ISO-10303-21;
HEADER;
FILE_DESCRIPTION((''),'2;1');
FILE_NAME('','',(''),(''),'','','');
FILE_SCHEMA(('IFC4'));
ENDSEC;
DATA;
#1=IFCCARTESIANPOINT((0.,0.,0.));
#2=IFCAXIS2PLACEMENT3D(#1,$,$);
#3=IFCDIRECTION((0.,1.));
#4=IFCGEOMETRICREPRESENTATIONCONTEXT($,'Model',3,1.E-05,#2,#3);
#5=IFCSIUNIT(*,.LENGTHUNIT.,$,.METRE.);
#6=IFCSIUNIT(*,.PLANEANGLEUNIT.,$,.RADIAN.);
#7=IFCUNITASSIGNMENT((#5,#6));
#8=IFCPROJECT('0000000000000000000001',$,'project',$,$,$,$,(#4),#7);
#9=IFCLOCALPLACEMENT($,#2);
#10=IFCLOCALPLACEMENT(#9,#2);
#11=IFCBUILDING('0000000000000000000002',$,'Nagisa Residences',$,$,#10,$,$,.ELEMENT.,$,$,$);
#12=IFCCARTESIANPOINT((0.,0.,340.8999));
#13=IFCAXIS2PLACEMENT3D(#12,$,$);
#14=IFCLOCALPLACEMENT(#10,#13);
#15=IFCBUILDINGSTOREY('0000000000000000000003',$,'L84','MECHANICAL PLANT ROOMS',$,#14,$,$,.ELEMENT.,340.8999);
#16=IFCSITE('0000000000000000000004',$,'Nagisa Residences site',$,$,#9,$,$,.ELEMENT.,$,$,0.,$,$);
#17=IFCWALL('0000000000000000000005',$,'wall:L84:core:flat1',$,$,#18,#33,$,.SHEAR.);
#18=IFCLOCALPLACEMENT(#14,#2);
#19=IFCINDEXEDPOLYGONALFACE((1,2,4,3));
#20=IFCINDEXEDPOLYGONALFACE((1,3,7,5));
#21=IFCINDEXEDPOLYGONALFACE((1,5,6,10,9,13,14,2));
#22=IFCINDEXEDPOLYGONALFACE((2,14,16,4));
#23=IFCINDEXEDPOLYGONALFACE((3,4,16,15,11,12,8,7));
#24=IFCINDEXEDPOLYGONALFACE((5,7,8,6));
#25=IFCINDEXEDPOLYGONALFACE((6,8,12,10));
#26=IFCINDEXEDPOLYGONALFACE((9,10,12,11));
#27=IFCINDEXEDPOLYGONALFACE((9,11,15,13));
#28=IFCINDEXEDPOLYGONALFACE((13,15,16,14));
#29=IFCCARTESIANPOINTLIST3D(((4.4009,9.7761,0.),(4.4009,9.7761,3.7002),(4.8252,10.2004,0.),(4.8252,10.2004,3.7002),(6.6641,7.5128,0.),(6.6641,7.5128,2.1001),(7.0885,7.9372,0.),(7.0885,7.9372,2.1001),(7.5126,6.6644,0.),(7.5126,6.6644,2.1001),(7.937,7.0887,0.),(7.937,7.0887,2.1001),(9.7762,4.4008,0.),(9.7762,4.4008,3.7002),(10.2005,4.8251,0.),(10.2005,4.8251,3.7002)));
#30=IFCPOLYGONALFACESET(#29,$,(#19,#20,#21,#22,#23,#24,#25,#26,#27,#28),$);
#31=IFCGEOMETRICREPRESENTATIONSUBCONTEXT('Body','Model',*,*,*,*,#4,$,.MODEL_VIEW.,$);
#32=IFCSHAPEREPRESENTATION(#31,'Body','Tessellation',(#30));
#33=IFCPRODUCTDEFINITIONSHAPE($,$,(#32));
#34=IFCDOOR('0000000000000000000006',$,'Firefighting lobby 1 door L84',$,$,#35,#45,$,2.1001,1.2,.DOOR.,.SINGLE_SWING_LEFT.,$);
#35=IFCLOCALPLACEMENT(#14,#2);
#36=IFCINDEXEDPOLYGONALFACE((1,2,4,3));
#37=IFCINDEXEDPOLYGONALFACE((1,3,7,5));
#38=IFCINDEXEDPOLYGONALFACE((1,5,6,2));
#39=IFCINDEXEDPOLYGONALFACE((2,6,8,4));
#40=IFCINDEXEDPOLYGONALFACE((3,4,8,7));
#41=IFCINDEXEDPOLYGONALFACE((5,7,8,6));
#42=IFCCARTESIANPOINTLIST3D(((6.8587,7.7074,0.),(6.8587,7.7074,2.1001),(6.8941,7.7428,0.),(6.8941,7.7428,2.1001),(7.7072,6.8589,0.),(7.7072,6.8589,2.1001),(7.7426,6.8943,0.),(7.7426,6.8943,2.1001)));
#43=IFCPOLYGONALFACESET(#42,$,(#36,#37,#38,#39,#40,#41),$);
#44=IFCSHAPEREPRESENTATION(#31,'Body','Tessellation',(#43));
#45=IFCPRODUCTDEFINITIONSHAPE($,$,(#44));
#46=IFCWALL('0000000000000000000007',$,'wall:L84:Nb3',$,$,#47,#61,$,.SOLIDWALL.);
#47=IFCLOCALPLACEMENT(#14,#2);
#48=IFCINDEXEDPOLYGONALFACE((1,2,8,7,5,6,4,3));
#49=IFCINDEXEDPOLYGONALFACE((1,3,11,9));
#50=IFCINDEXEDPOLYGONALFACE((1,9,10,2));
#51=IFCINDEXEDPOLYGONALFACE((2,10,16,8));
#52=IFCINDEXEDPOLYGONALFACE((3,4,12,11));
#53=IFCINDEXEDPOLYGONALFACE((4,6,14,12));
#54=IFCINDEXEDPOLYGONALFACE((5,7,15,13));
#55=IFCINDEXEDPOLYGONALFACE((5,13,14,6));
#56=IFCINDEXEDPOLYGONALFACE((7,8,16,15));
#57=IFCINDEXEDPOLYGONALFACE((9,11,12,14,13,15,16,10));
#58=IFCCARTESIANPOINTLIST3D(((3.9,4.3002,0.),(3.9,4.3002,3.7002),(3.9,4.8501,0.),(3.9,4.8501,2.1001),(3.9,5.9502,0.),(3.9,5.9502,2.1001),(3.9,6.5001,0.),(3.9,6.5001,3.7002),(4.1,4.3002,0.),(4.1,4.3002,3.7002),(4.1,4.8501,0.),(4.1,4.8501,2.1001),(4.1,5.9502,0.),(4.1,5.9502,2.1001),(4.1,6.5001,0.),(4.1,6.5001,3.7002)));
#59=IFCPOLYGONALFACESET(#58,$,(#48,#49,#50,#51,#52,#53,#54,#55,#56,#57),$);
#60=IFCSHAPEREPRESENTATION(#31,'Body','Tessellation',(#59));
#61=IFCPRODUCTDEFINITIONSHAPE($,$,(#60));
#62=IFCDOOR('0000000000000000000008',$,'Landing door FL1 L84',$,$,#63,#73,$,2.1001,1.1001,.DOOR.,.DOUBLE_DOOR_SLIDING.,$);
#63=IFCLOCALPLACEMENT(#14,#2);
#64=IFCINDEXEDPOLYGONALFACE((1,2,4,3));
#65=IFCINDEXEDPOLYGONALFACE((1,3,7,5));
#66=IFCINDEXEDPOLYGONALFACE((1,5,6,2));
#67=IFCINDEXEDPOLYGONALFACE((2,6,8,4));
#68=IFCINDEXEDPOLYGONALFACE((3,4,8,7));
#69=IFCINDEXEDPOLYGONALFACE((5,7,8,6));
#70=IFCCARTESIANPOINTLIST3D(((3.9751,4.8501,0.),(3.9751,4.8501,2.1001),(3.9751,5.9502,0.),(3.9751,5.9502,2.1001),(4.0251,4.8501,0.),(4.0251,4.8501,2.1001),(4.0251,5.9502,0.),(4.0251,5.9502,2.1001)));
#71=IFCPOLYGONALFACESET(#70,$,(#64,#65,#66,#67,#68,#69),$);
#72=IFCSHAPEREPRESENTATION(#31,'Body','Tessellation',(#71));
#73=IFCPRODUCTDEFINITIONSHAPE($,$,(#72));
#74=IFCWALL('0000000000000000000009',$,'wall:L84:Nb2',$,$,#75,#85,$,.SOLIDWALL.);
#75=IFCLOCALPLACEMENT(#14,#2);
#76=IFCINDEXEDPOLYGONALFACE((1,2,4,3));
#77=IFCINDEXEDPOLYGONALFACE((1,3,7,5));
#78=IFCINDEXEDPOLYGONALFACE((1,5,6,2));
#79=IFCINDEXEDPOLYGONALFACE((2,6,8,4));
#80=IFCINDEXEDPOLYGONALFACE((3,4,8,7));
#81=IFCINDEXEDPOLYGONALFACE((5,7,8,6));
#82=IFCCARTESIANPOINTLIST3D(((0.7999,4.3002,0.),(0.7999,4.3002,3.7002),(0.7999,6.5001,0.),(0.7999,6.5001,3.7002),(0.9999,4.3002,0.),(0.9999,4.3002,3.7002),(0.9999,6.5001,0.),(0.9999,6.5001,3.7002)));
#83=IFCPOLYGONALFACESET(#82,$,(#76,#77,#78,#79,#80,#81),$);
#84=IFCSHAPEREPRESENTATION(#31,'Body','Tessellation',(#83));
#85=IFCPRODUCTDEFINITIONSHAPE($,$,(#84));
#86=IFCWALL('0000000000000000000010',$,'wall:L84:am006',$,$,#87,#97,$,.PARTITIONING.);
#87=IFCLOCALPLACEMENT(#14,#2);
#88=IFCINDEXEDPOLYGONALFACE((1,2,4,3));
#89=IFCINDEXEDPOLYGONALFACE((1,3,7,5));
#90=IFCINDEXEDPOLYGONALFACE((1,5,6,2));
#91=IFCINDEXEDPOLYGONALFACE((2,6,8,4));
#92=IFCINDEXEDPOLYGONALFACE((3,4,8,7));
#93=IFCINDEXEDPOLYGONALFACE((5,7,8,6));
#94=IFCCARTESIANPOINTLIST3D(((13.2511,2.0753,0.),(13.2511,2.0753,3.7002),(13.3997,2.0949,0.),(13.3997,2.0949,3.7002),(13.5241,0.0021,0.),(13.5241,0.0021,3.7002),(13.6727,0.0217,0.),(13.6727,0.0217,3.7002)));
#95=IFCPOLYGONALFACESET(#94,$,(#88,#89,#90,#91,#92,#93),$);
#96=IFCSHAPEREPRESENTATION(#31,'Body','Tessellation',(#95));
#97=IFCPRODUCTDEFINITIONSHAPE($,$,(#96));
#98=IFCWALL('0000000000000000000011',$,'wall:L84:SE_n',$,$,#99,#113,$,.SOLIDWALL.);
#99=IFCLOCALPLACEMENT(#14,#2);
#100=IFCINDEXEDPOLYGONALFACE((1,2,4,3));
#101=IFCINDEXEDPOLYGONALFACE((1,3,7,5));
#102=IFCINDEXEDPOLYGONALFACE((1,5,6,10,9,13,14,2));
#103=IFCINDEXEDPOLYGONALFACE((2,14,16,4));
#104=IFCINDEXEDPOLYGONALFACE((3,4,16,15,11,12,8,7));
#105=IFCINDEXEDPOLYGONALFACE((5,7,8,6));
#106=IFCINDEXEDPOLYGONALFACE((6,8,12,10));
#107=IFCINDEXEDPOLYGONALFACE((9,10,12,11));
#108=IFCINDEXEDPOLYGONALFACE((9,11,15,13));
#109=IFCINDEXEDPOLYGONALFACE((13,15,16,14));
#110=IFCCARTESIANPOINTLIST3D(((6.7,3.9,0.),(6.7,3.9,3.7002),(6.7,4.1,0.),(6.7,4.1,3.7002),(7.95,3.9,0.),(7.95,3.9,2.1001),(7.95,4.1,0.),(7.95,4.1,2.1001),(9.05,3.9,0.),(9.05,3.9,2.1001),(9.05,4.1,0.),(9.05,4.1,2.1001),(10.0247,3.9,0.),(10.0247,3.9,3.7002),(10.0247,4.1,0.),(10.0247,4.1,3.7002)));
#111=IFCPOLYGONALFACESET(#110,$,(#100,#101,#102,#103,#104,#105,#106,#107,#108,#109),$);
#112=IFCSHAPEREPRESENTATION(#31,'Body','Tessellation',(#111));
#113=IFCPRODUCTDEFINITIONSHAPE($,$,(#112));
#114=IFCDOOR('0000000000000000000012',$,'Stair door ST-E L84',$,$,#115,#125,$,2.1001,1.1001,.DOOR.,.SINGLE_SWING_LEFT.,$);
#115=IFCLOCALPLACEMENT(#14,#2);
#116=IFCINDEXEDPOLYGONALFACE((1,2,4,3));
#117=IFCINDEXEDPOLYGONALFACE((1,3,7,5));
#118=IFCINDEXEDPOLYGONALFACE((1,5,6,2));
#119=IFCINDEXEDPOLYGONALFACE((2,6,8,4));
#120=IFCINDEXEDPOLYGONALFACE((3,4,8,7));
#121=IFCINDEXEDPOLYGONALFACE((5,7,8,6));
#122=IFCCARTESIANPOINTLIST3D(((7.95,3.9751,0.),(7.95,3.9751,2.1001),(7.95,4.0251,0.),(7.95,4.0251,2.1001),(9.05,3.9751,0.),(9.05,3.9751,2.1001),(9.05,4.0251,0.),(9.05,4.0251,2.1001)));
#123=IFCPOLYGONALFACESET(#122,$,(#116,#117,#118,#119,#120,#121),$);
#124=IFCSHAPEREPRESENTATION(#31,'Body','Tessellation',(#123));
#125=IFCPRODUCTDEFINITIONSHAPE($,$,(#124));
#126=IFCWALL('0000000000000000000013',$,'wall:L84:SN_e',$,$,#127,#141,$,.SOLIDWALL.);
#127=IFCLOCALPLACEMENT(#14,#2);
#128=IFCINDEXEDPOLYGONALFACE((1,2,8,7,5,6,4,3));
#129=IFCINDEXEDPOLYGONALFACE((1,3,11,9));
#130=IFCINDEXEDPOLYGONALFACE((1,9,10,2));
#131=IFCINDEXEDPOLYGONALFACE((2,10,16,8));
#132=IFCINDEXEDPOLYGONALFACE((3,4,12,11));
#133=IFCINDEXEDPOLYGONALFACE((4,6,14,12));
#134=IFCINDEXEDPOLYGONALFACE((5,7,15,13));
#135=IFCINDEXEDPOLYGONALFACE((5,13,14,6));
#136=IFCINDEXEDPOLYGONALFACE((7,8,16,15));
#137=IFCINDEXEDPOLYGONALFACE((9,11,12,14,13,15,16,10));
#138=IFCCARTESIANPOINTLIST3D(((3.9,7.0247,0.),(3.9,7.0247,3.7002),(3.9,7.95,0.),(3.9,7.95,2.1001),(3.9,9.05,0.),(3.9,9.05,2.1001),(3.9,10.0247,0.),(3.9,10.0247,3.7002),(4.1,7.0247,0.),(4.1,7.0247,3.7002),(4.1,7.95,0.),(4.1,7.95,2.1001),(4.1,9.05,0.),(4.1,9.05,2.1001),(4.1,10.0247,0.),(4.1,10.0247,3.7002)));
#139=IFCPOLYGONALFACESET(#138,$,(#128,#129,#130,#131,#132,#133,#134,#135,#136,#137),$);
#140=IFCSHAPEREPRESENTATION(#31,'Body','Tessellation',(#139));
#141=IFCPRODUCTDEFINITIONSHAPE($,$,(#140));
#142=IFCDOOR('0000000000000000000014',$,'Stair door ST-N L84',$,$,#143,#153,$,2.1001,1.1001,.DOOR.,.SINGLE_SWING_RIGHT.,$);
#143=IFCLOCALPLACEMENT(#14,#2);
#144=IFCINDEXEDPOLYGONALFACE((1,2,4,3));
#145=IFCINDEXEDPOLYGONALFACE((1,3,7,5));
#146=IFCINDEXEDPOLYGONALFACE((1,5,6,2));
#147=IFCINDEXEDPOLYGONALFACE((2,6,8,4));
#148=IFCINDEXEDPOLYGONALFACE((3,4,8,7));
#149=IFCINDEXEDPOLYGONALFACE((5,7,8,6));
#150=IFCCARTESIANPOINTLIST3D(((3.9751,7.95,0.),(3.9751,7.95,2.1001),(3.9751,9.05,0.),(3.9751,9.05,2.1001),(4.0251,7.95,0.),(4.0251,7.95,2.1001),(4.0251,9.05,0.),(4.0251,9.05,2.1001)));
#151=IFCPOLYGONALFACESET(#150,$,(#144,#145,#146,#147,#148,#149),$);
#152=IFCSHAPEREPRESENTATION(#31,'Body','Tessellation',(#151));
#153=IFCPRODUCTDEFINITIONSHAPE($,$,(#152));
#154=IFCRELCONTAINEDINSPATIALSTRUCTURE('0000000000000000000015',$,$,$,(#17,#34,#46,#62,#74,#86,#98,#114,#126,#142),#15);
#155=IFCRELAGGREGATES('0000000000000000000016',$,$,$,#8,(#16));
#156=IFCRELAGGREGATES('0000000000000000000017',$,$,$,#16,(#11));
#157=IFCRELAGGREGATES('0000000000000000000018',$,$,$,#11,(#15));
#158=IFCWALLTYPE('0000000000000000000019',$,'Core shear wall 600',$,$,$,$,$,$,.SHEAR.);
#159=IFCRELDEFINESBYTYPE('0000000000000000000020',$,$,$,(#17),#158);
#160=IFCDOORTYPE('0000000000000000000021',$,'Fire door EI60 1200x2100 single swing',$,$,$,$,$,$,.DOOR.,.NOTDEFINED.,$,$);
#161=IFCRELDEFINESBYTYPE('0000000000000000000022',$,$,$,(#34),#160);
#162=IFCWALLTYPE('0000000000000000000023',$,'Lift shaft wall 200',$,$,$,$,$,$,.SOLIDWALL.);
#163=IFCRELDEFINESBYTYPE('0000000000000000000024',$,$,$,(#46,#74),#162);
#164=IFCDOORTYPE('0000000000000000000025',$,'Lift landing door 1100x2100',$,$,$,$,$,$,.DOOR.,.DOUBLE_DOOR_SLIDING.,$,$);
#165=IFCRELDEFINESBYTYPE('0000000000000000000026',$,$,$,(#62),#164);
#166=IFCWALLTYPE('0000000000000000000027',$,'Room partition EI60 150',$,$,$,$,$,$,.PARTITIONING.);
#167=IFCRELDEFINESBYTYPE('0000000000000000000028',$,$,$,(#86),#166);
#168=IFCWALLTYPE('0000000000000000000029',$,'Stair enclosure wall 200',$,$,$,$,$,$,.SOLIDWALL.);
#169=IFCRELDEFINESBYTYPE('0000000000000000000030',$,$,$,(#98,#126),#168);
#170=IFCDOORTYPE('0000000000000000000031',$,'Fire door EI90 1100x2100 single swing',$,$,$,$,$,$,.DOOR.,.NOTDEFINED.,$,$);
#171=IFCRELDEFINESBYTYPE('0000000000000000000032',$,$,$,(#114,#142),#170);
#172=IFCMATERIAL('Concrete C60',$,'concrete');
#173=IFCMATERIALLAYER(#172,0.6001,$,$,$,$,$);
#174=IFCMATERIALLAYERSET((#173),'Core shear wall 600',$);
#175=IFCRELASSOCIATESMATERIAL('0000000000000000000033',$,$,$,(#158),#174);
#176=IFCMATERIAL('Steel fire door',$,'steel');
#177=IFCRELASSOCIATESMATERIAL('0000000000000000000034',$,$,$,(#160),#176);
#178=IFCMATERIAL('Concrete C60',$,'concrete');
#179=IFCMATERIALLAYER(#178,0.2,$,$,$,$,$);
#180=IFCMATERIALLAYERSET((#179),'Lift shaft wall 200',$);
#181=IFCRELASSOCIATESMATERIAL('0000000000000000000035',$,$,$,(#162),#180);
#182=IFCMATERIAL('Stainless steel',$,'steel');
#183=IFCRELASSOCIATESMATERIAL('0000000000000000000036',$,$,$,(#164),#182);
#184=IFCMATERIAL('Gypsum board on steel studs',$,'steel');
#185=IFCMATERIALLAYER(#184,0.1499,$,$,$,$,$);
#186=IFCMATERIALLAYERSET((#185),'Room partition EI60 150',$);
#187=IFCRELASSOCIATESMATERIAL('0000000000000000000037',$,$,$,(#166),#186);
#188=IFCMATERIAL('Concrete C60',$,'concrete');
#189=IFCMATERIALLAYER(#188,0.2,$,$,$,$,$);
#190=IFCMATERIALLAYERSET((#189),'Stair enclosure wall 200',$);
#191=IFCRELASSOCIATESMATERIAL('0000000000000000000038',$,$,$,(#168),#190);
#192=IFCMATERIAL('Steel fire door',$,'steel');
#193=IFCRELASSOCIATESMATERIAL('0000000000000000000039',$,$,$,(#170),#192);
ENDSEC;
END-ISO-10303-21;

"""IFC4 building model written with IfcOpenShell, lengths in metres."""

from ifc_helpers import new_model, si_unit, direction, frame, frame_2d, origin, place, context, subcontext, project, spatial, rectangle, extrude, material, layer, layer_set, type_object, element, fill, save


model = new_model("IFC4")

# Units and contexts
model_context = context("Model", 3, precision=1e-05, world=origin(), true_north=direction((0.0, 1.0)))
body_context = subcontext(model_context, "Body", "Model", "MODEL_VIEW")
ifc_project = project(units=[si_unit("LENGTHUNIT", "METRE"), si_unit("PLANEANGLEUNIT", "RADIAN")], contexts=[model_context])

# Site, building, storey
site_placement = place(None, origin())
site = spatial("IfcSite", under=ifc_project, at=site_placement, Name="Nagisa Residences site", CompositionType="ELEMENT", RefElevation=0.0)
building_placement = place(site_placement, origin())
building = spatial("IfcBuilding", under=site, at=building_placement, Name="Nagisa Residences", CompositionType="ELEMENT")
storey_placement = place(building_placement, frame((0.0, 0.0, 340.8999)))
storey = spatial("IfcBuildingStorey", under=building, at=storey_placement, Name="L84", Description="MECHANICAL PLANT ROOMS", CompositionType="ELEMENT", Elevation=340.8999)

# Walls, openings, doors
ifc_material_1 = material(Name="Concrete C60", Category="concrete")
ifc_layer_1 = layer(ifc_material_1, 0.6001)
ifc_layer_set_1 = layer_set([ifc_layer_1], Name="Core shear wall 600")
wall_type_1 = type_object("IfcWallType", Name="Core shear wall 600", PredefinedType="SHEAR", material=ifc_layer_set_1)
wall_1_placement = place(storey_placement, frame((9.9883, 4.613, 0.0), z_axis=(0.0, 0.0, 1.0), x_axis=(-0.707107, 0.707107, 0.0)))
wall_1 = element("IfcWall", 1, at=wall_1_placement, inside=storey, type_object=wall_type_1, Name="wall:L84:core:flat1", PredefinedType="SHEAR", context=body_context, shape_type="SweptSolid", body=[
    extrude(rectangle(XDim=7.6018, YDim=0.6001, at=frame_2d((3.8008, 0.0))), origin(), (0.0, 0.0, 1.0), 3.7002),
])
opening_1_placement = place(wall_1_placement, frame((3.2009, 0.0, 0.0)))
opening_1 = element("IfcOpeningElement", 2, at=opening_1_placement, cuts=wall_1, PredefinedType="OPENING", context=body_context, shape_type="SweptSolid", body=[
    extrude(rectangle(XDim=1.2, YDim=2.1001, at=frame_2d((0.6001, 1.05))), frame((0.0, 0.3101, 0.0), z_axis=(0.0, -1.0, 0.0), x_axis=(1.0, 0.0, 0.0)), (0.0, 0.0, 1.0), 0.6201),
])
ifc_material_2 = material(Name="Steel fire door", Category="steel")
door_type_1 = type_object("IfcDoorType", Name="Fire door EI60 1200x2100 single swing", OperationType="NOTDEFINED", PredefinedType="DOOR", material=ifc_material_2)
door_1_placement = place(opening_1_placement, origin())
door_1 = element("IfcDoor", 3, at=door_1_placement, inside=storey, type_object=door_type_1, Name="Firefighting lobby 1 door L84", OperationType="SINGLE_SWING_LEFT", OverallHeight=2.1001, OverallWidth=1.2, PredefinedType="DOOR", context=body_context, shape_type="SweptSolid", body=[
    extrude(rectangle(XDim=1.2, YDim=2.1001, at=frame_2d((0.6001, 1.05))), frame((0.0, 0.0249, 0.0), z_axis=(0.0, -1.0, 0.0), x_axis=(1.0, 0.0, 0.0)), (0.0, 0.0, 1.0), 0.05),
])
fill(opening_1, door_1)
ifc_material_3 = material(Name="Concrete C60", Category="concrete")
ifc_layer_2 = layer(ifc_material_3, 0.2)
ifc_layer_set_2 = layer_set([ifc_layer_2], Name="Lift shaft wall 200")
wall_type_2 = type_object("IfcWallType", Name="Lift shaft wall 200", PredefinedType="SOLIDWALL", material=ifc_layer_set_2)
wall_2_placement = place(storey_placement, frame((4.0, 4.3, 0.0), z_axis=(0.0, 0.0, 1.0), x_axis=(0.0, 1.0, 0.0)))
wall_2 = element("IfcWall", 4, at=wall_2_placement, inside=storey, type_object=wall_type_2, Name="wall:L84:Nb3", PredefinedType="SOLIDWALL", context=body_context, shape_type="SweptSolid", body=[
    extrude(rectangle(XDim=2.2, YDim=0.2, at=frame_2d((1.1001, 0.0))), origin(), (0.0, 0.0, 1.0), 3.7002),
])
opening_2_placement = place(wall_2_placement, frame((0.55, 0.0, 0.0)))
opening_2 = element("IfcOpeningElement", 5, at=opening_2_placement, cuts=wall_2, PredefinedType="OPENING", context=body_context, shape_type="SweptSolid", body=[
    extrude(rectangle(XDim=1.1001, YDim=2.1001, at=frame_2d((0.55, 1.05))), frame((0.0, 0.1099, 0.0), z_axis=(0.0, -1.0, 0.0), x_axis=(1.0, 0.0, 0.0)), (0.0, 0.0, 1.0), 0.22),
])
ifc_material_4 = material(Name="Stainless steel", Category="steel")
door_type_2 = type_object("IfcDoorType", Name="Lift landing door 1100x2100", OperationType="DOUBLE_DOOR_SLIDING", PredefinedType="DOOR", material=ifc_material_4)
door_2_placement = place(opening_2_placement, origin())
door_2 = element("IfcDoor", 6, at=door_2_placement, inside=storey, type_object=door_type_2, Name="Landing door FL1 L84", OperationType="DOUBLE_DOOR_SLIDING", OverallHeight=2.1001, OverallWidth=1.1001, PredefinedType="DOOR", context=body_context, shape_type="SweptSolid", body=[
    extrude(rectangle(XDim=1.1001, YDim=2.1001, at=frame_2d((0.55, 1.05))), frame((0.0, 0.0249, 0.0), z_axis=(0.0, -1.0, 0.0), x_axis=(1.0, 0.0, 0.0)), (0.0, 0.0, 1.0), 0.05),
])
fill(opening_2, door_2)

# Walls
wall_3_placement = place(storey_placement, frame((0.8999, 4.3, 0.0), z_axis=(0.0, 0.0, 1.0), x_axis=(0.0, 1.0, 0.0)))
element("IfcWall", 7, at=wall_3_placement, inside=storey, type_object=wall_type_2, Name="wall:L84:Nb2", PredefinedType="SOLIDWALL", context=body_context, shape_type="SweptSolid", body=[
    extrude(rectangle(XDim=2.2, YDim=0.2, at=frame_2d((1.1001, 0.0))), origin(), (0.0, 0.0, 1.0), 3.7002),
])
ifc_material_5 = material(Name="Gypsum board on steel studs", Category="steel")
ifc_layer_3 = layer(ifc_material_5, 0.1499)
ifc_layer_set_3 = layer_set([ifc_layer_3], Name="Room partition EI60 150")
wall_type_3 = type_object("IfcWallType", Name="Room partition EI60 150", PredefinedType="PARTITIONING", material=ifc_layer_set_3)
wall_4_placement = place(storey_placement, frame((13.3254, 2.085, 0.0), z_axis=(0.0, 0.0, 1.0), x_axis=(0.130527, -0.991445, 0.0)))
element("IfcWall", 8, at=wall_4_placement, inside=storey, type_object=wall_type_3, Name="wall:L84:am006", PredefinedType="PARTITIONING", context=body_context, shape_type="SweptSolid", body=[
    extrude(rectangle(XDim=2.0911, YDim=0.1499, at=frame_2d((1.0454, 0.0))), origin(), (0.0, 0.0, 1.0), 3.7002),
])

# Walls, openings, doors
ifc_material_6 = material(Name="Concrete C60", Category="concrete")
ifc_layer_4 = layer(ifc_material_6, 0.2)
ifc_layer_set_4 = layer_set([ifc_layer_4], Name="Stair enclosure wall 200")
wall_type_4 = type_object("IfcWallType", Name="Stair enclosure wall 200", PredefinedType="SOLIDWALL", material=ifc_layer_set_4)
wall_5_placement = place(storey_placement, frame((6.7, 4.0, 0.0), z_axis=(0.0, 0.0, 1.0), x_axis=(1.0, 0.0, 0.0)))
wall_5 = element("IfcWall", 9, at=wall_5_placement, inside=storey, type_object=wall_type_4, Name="wall:L84:SE_n", PredefinedType="SOLIDWALL", context=body_context, shape_type="SweptSolid", body=[
    extrude(rectangle(XDim=3.3247, YDim=0.2, at=frame_2d((1.6624, 0.0))), origin(), (0.0, 0.0, 1.0), 3.7002),
])
opening_3_placement = place(wall_5_placement, frame((1.25, 0.0, 0.0)))
opening_3 = element("IfcOpeningElement", 10, at=opening_3_placement, cuts=wall_5, PredefinedType="OPENING", context=body_context, shape_type="SweptSolid", body=[
    extrude(rectangle(XDim=1.1001, YDim=2.1001, at=frame_2d((0.55, 1.05))), frame((0.0, 0.1099, 0.0), z_axis=(0.0, -1.0, 0.0), x_axis=(1.0, 0.0, 0.0)), (0.0, 0.0, 1.0), 0.22),
])
ifc_material_7 = material(Name="Steel fire door", Category="steel")
door_type_3 = type_object("IfcDoorType", Name="Fire door EI90 1100x2100 single swing", OperationType="NOTDEFINED", PredefinedType="DOOR", material=ifc_material_7)
door_3_placement = place(opening_3_placement, frame((1.1001, 0.0, 0.0), x_axis=(-1.0, 0.0, 0.0)))
door_3 = element("IfcDoor", 11, at=door_3_placement, inside=storey, type_object=door_type_3, Name="Stair door ST-E L84", OperationType="SINGLE_SWING_LEFT", OverallHeight=2.1001, OverallWidth=1.1001, PredefinedType="DOOR", context=body_context, shape_type="SweptSolid", body=[
    extrude(rectangle(XDim=1.1001, YDim=2.1001, at=frame_2d((0.55, 1.05))), frame((0.0, 0.0249, 0.0), z_axis=(0.0, -1.0, 0.0), x_axis=(1.0, 0.0, 0.0)), (0.0, 0.0, 1.0), 0.05),
])
fill(opening_3, door_3)
wall_6_placement = place(storey_placement, frame((4.0, 7.0247, 0.0), z_axis=(0.0, 0.0, 1.0), x_axis=(0.0, 1.0, 0.0)))
wall_6 = element("IfcWall", 12, at=wall_6_placement, inside=storey, type_object=wall_type_4, Name="wall:L84:SN_e", PredefinedType="SOLIDWALL", context=body_context, shape_type="SweptSolid", body=[
    extrude(rectangle(XDim=3.0, YDim=0.2, at=frame_2d((1.5, 0.0))), origin(), (0.0, 0.0, 1.0), 3.7002),
])
opening_4_placement = place(wall_6_placement, frame((0.9253, 0.0, 0.0)))
opening_4 = element("IfcOpeningElement", 13, at=opening_4_placement, cuts=wall_6, PredefinedType="OPENING", context=body_context, shape_type="SweptSolid", body=[
    extrude(rectangle(XDim=1.1001, YDim=2.1001, at=frame_2d((0.55, 1.05))), frame((0.0, 0.1099, 0.0), z_axis=(0.0, -1.0, 0.0), x_axis=(1.0, 0.0, 0.0)), (0.0, 0.0, 1.0), 0.22),
])
door_4_placement = place(opening_4_placement, origin())
door_4 = element("IfcDoor", 14, at=door_4_placement, inside=storey, type_object=door_type_3, Name="Stair door ST-N L84", OperationType="SINGLE_SWING_RIGHT", OverallHeight=2.1001, OverallWidth=1.1001, PredefinedType="DOOR", context=body_context, shape_type="SweptSolid", body=[
    extrude(rectangle(XDim=1.1001, YDim=2.1001, at=frame_2d((0.55, 1.05))), frame((0.0, 0.0249, 0.0), z_axis=(0.0, -1.0, 0.0), x_axis=(1.0, 0.0, 0.0)), (0.0, 0.0, 1.0), 0.05),
])
fill(opening_4, door_4)

save(model, "model.ifc")
